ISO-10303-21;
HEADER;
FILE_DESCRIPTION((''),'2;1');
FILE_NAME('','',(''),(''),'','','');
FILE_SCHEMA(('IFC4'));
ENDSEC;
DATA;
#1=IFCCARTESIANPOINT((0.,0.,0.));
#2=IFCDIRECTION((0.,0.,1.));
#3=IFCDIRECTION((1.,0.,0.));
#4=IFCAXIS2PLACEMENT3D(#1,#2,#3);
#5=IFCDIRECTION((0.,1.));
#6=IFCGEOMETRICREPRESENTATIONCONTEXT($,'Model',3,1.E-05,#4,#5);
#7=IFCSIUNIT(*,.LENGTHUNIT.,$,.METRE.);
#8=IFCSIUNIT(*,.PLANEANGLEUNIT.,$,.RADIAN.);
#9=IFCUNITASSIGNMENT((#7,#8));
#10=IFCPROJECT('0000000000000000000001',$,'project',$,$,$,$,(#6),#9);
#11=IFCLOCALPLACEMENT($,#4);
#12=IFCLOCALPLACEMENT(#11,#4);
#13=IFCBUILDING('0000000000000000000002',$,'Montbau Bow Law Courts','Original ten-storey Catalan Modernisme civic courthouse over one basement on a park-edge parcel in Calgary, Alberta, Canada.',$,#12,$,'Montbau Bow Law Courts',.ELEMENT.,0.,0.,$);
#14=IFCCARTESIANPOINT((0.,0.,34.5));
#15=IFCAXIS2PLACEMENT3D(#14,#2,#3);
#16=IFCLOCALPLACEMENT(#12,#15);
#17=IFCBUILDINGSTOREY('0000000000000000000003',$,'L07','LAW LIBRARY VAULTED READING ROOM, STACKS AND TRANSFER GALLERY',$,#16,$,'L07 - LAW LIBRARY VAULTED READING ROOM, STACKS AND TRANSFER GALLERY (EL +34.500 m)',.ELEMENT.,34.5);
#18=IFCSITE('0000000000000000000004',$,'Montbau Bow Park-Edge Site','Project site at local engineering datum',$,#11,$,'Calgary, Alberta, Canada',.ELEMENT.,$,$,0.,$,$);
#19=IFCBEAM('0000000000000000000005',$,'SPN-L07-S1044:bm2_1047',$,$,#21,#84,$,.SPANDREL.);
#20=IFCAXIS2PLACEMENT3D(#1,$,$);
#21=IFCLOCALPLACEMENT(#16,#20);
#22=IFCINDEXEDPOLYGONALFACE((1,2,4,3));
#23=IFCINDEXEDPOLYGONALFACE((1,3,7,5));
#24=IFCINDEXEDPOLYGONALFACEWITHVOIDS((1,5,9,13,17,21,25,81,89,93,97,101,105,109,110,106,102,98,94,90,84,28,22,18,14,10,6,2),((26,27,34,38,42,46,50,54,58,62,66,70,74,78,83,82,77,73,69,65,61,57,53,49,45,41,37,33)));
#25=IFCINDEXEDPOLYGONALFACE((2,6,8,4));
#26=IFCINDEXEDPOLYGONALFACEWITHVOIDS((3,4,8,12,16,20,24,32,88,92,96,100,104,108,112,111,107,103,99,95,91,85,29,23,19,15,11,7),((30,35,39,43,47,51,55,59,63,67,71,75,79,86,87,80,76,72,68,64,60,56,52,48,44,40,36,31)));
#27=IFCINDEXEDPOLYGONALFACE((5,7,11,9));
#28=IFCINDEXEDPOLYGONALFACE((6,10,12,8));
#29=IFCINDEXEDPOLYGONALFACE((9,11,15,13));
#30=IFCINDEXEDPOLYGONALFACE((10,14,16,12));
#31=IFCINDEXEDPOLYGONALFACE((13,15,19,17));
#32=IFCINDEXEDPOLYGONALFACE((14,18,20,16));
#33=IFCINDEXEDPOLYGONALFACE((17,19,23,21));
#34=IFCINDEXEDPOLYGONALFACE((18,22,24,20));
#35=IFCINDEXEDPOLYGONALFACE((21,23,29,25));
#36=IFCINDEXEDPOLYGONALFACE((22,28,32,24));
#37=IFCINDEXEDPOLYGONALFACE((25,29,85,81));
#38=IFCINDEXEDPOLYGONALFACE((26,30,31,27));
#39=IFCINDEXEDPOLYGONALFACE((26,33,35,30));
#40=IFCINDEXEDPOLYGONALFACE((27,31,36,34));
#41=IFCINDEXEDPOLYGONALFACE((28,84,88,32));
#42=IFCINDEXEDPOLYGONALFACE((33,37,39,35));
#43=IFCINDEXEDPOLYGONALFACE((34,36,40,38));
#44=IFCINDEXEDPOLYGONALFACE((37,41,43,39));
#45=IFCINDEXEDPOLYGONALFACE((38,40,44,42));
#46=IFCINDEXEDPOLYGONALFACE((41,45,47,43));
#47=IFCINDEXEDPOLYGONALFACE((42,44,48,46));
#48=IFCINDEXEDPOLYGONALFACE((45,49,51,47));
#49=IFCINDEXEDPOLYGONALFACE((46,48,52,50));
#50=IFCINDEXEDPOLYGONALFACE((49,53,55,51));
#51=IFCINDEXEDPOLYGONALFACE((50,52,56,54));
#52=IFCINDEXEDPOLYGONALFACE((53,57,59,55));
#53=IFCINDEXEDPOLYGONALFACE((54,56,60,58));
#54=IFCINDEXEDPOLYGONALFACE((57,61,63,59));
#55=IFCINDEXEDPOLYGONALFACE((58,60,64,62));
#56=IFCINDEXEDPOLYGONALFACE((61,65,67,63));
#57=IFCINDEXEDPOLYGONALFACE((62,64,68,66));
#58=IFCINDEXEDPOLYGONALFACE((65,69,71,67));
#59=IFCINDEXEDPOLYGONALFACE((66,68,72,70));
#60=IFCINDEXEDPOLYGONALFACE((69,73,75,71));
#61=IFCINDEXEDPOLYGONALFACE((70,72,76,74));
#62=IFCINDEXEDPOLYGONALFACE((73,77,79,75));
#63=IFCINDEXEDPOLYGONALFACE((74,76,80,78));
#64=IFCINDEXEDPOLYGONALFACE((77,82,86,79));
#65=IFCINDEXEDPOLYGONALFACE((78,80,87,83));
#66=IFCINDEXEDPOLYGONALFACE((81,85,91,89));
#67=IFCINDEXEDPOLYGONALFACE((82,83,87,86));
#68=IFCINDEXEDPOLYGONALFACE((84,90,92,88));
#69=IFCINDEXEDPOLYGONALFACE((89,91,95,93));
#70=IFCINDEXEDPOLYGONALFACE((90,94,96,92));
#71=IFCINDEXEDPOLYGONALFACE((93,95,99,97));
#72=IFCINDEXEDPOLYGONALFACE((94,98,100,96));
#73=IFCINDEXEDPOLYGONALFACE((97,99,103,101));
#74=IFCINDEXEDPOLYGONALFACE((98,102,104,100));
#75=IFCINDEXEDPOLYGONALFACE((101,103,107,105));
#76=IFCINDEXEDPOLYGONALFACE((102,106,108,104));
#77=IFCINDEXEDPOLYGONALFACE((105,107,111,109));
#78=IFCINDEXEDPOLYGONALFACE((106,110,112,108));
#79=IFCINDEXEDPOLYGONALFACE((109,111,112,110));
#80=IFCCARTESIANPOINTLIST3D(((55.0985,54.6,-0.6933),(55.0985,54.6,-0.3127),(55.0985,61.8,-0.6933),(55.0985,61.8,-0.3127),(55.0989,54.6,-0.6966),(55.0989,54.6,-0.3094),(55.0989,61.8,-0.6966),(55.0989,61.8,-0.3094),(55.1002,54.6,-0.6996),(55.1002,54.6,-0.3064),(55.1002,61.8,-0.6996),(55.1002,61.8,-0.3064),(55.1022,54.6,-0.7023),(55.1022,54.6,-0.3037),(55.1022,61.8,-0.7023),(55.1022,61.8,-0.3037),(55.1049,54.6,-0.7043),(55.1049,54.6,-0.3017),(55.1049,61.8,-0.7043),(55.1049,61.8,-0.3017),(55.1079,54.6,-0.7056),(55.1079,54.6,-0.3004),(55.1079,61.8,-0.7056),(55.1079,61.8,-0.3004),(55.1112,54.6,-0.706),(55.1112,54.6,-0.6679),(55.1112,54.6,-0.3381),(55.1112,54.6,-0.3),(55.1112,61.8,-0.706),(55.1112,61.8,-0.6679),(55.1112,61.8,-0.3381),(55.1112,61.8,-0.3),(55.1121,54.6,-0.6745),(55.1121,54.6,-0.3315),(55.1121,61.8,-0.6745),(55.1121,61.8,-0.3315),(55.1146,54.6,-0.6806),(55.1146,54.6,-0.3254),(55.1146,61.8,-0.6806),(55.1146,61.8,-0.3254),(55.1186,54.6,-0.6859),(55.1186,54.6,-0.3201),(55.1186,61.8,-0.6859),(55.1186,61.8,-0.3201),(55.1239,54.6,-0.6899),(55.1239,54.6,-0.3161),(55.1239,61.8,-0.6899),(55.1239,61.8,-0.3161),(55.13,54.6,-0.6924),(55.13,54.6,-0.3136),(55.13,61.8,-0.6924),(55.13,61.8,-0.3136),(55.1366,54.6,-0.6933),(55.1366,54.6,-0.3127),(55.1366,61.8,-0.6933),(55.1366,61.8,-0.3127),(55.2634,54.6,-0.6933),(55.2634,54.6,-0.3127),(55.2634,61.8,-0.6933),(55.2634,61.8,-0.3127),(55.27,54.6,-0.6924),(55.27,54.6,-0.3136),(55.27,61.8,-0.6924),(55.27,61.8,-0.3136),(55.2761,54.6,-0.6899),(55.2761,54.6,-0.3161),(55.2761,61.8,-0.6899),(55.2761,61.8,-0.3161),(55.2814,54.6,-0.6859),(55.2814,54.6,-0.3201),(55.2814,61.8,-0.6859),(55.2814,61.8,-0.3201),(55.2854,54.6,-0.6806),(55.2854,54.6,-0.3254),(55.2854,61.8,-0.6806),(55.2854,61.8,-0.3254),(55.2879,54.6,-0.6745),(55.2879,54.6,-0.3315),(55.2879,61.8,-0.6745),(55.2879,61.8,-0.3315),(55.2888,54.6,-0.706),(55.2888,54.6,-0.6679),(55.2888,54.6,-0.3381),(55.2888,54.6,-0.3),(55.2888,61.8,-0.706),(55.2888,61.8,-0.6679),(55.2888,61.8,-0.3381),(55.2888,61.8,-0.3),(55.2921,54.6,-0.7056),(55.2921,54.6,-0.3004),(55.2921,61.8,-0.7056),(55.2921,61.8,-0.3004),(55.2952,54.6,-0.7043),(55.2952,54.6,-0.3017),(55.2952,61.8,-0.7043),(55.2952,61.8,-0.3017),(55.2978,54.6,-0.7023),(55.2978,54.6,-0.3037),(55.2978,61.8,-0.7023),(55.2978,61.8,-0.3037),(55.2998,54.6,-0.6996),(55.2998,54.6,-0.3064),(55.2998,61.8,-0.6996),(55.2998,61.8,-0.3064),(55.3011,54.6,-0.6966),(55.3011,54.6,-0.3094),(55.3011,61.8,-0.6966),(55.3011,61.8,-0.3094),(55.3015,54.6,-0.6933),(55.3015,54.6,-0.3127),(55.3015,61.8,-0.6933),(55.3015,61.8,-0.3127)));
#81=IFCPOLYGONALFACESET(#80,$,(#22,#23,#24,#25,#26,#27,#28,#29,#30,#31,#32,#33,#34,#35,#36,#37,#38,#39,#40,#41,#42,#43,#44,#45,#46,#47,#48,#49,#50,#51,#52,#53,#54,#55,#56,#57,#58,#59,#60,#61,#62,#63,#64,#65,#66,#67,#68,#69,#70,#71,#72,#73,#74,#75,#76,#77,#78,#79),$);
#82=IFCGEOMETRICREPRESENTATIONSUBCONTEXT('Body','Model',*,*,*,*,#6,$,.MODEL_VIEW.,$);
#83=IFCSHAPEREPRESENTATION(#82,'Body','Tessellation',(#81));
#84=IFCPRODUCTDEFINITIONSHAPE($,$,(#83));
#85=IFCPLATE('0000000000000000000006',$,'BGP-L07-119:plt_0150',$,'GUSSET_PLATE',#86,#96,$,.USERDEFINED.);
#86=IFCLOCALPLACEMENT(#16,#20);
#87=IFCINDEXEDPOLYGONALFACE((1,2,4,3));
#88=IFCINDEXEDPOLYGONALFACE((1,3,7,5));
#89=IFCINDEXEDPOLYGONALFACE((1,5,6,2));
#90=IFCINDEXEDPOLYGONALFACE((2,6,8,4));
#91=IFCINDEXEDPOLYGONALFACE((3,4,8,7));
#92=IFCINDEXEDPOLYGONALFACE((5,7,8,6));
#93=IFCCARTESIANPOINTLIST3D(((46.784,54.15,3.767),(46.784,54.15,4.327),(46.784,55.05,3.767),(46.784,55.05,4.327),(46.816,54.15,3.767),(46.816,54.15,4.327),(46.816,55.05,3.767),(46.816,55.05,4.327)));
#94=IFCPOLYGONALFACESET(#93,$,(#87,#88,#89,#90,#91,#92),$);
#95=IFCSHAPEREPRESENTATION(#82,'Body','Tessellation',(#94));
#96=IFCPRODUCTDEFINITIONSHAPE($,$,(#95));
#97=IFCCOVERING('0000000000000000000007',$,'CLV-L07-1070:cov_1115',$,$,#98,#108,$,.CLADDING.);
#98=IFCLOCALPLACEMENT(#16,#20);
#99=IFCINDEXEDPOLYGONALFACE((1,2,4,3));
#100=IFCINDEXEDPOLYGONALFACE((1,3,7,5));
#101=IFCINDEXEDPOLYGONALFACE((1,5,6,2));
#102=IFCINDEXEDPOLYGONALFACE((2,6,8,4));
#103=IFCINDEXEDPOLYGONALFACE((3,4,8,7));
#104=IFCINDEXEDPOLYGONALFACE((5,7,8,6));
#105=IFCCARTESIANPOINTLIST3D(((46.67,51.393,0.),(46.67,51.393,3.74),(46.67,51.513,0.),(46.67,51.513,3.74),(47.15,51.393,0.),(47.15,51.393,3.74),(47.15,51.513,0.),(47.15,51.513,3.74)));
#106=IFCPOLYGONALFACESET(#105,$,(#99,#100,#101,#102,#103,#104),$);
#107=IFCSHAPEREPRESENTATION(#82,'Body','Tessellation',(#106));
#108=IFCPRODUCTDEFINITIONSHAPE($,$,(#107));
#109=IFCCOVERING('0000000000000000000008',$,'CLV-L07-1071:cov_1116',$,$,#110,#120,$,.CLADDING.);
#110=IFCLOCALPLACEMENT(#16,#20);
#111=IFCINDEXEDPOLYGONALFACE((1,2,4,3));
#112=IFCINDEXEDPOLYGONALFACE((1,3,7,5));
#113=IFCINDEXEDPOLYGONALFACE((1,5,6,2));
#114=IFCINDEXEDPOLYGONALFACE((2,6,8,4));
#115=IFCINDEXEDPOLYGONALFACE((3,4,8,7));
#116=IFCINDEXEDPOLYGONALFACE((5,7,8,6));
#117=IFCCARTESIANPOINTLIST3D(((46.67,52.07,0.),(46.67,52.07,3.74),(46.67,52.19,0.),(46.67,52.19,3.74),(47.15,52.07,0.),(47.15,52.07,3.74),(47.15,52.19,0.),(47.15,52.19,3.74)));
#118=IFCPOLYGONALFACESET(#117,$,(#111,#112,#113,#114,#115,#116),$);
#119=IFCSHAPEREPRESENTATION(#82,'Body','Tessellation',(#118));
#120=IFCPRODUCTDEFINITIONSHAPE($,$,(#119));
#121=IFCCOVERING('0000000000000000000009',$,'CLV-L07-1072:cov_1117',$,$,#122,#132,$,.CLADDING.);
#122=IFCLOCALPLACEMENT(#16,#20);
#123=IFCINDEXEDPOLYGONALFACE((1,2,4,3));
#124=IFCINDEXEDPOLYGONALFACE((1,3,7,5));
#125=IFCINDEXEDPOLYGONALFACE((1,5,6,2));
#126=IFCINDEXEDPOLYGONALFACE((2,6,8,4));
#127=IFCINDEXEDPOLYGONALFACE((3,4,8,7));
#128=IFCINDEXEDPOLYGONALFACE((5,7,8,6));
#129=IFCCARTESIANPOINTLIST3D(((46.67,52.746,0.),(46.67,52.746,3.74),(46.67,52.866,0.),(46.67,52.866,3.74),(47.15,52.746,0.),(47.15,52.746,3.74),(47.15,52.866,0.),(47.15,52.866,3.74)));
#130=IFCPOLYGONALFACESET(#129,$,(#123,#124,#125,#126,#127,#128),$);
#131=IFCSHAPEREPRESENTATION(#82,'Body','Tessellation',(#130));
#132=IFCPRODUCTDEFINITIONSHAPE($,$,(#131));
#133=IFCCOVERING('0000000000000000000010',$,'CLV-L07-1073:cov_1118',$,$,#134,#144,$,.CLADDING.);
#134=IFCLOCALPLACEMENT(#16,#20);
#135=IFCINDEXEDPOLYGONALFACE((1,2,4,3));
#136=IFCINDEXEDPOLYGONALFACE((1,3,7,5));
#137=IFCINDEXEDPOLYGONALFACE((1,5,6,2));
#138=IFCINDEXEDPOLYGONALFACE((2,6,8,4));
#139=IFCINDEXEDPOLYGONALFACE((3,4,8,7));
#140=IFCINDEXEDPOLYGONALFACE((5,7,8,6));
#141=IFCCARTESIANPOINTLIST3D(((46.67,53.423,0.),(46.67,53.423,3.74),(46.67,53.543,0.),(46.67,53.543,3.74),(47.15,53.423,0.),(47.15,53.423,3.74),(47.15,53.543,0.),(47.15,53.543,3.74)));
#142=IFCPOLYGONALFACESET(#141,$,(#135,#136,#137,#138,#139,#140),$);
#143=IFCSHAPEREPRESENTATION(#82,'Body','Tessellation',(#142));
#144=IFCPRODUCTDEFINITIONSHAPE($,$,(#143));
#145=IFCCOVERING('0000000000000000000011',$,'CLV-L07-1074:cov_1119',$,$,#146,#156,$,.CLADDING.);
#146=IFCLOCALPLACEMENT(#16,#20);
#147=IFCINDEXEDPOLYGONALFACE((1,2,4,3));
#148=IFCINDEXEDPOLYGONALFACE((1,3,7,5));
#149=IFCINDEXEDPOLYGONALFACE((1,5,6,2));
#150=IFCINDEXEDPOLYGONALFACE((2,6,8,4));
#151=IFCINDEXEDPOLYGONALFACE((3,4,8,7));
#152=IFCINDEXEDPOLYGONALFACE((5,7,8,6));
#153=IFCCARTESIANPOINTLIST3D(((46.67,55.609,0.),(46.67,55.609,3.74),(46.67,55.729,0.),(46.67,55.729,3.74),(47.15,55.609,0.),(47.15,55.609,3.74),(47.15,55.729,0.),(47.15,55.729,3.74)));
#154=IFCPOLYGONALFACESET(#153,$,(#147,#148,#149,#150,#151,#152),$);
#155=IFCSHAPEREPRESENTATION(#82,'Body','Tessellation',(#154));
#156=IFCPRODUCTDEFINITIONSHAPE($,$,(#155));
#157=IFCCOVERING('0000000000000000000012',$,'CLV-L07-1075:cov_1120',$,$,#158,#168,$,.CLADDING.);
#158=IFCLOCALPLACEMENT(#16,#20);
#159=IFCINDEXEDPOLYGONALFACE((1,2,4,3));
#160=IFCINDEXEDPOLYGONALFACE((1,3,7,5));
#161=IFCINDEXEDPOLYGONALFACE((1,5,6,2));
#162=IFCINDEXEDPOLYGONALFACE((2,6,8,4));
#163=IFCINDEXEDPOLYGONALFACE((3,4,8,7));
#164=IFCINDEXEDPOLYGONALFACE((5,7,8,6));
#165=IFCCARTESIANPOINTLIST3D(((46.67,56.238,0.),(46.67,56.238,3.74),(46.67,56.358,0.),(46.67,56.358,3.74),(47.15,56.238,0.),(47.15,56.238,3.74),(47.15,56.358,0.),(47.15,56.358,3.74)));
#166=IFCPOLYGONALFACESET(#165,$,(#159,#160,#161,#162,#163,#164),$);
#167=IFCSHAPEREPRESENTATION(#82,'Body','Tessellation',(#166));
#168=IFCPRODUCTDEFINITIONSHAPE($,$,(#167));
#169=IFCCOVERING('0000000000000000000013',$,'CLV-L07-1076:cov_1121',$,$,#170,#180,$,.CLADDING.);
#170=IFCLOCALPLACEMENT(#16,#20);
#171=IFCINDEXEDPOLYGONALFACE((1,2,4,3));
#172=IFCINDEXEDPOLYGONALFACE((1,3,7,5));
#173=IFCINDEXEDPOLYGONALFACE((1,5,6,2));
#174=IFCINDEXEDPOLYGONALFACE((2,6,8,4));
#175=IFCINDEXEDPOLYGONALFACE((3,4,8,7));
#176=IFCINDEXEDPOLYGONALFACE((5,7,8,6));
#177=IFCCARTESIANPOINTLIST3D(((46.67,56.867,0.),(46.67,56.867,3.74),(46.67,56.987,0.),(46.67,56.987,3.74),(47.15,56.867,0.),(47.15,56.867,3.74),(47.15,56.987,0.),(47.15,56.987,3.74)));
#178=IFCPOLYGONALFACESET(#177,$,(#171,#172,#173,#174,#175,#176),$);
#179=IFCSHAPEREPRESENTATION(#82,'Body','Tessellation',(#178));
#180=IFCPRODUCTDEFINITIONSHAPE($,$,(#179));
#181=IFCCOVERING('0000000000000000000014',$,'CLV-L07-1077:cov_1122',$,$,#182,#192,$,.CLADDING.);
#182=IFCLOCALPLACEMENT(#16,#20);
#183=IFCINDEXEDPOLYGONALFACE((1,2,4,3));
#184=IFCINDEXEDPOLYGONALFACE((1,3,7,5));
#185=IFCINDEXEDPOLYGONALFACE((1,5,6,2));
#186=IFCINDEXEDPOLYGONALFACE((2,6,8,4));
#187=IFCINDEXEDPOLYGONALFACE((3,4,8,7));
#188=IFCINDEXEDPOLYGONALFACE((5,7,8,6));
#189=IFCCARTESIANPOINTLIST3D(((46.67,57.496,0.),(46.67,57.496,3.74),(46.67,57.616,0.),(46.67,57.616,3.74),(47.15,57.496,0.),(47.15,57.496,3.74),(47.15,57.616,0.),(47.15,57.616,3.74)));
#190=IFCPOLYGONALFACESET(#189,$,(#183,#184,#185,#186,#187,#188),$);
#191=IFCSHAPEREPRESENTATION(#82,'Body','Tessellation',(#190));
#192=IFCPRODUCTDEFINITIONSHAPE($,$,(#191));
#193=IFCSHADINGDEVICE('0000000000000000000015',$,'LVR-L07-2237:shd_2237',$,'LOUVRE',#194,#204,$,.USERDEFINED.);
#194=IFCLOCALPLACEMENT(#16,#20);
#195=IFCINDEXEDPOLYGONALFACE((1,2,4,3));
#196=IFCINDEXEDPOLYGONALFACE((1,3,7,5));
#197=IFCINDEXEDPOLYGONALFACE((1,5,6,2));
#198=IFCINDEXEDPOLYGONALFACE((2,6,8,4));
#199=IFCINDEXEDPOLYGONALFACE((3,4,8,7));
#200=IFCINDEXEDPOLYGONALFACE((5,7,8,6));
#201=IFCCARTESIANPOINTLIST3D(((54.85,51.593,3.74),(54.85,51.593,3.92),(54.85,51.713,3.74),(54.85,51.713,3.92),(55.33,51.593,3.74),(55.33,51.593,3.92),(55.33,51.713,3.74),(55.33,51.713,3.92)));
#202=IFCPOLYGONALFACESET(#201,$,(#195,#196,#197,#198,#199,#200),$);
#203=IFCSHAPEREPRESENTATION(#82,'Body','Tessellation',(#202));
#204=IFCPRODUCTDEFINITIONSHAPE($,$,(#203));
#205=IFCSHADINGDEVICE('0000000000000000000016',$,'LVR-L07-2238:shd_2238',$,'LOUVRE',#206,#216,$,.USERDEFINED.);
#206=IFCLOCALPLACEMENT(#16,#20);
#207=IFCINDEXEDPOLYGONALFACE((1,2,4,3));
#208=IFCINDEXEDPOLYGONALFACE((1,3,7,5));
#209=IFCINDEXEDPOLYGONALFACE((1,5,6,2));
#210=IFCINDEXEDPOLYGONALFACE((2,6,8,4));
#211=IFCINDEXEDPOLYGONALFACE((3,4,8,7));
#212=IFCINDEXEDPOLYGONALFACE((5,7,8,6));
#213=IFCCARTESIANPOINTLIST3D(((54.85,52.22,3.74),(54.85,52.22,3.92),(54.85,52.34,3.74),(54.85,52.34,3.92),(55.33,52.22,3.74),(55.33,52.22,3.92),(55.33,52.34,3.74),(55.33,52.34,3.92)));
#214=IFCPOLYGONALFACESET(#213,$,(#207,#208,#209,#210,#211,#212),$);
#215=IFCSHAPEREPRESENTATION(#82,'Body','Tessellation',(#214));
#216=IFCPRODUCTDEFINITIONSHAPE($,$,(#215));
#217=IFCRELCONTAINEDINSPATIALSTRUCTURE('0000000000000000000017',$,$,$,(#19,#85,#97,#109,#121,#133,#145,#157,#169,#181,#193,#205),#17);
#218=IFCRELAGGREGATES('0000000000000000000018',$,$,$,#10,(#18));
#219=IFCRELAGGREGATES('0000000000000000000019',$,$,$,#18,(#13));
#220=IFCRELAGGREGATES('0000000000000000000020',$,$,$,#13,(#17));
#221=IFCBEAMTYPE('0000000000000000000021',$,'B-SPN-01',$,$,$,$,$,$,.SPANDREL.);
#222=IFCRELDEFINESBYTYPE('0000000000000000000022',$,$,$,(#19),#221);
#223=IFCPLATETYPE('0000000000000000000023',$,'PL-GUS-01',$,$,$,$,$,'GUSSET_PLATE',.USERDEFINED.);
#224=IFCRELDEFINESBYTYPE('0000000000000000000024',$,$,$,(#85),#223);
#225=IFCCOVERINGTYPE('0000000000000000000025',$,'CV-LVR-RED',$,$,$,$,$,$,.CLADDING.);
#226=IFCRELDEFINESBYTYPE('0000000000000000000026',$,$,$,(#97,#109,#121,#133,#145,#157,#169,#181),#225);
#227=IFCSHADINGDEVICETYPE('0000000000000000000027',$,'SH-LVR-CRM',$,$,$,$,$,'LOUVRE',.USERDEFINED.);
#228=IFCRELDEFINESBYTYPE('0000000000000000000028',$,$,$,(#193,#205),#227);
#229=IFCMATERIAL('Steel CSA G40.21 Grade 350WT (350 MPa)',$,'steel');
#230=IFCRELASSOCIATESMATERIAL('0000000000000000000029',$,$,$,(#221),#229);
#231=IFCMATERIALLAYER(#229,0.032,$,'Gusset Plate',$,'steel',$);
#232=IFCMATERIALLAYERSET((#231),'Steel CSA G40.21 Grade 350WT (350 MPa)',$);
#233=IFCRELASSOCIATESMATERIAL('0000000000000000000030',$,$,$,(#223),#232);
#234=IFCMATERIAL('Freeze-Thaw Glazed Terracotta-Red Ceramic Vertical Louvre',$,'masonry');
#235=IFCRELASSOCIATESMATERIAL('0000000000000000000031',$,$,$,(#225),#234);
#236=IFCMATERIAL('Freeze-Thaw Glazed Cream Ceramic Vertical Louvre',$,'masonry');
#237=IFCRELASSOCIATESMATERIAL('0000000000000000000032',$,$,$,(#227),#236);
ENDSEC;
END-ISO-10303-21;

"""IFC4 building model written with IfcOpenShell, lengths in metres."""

from ifc_helpers import new_model, si_unit, direction, frame, frame_2d, origin_with_axes, origin_2d_with_axis, place, context, subcontext, project, spatial, rectangle, hollow_rectangle, extrude, material, layer, layer_set, material_profile, profile_set, type_object, element, save


model = new_model("IFC4")

# Units and contexts
model_context = context("Model", 3, precision=1e-05, world=origin_with_axes(), true_north=direction((0.0, 1.0)))
body_context = subcontext(model_context, "Body", "Model", "MODEL_VIEW")
ifc_project = project(units=[si_unit("LENGTHUNIT", "METRE"), si_unit("PLANEANGLEUNIT", "RADIAN")], contexts=[model_context])

# Site, building, storey
site_placement = place(None, origin_with_axes())
site = spatial("IfcSite", under=ifc_project, at=site_placement, Name="Montbau Bow Park-Edge Site", Description="Project site at local engineering datum", LongName="Calgary, Alberta, Canada", CompositionType="ELEMENT", RefElevation=0.0)
building_placement = place(site_placement, origin_with_axes())
building = spatial("IfcBuilding", under=site, at=building_placement, Name="Montbau Bow Law Courts", Description="Original ten-storey Catalan Modernisme civic courthouse over one basement on a park-edge parcel in Calgary, Alberta, Canada.", LongName="Montbau Bow Law Courts", CompositionType="ELEMENT", ElevationOfRefHeight=0.0, ElevationOfTerrain=0.0)
storey_placement = place(building_placement, frame((0.0, 0.0, 34.5), z_axis=(0.0, 0.0, 1.0), x_axis=(1.0, 0.0, 0.0)))
storey = spatial("IfcBuildingStorey", under=building, at=storey_placement, Name="L07", Description="LAW LIBRARY VAULTED READING ROOM, STACKS AND TRANSFER GALLERY", LongName="L07 - LAW LIBRARY VAULTED READING ROOM, STACKS AND TRANSFER GALLERY (EL +34.500 m)", CompositionType="ELEMENT", Elevation=34.5)

# Beam
ifc_material_1 = material(Name="Steel CSA G40.21 Grade 350WT (350 MPa)", Category="steel")
ifc_material_profile_1 = material_profile(ifc_material_1, hollow_rectangle(XDim=0.203, YDim=0.406, WallThickness=0.0127, InnerFilletRadius=0.0254, OuterFilletRadius=0.0127, at=origin_2d_with_axis()), Name="HSS406X203X13", Category="Main", Priority=0)
ifc_profile_set_1 = profile_set([ifc_material_profile_1], Name="Steel CSA G40.21 Grade 350WT (350 MPa)")
beam_type_1 = type_object("IfcBeamType", Name="B-SPN-01", PredefinedType="SPANDREL", material=ifc_profile_set_1)
beam_1_placement = place(None, frame((55.2, 54.6, 33.997), z_axis=(0.0, 1.0, 0.0), x_axis=(-1.0, 0.0, 0.0)))
element("IfcBeam", 1, at=beam_1_placement, inside=storey, type_object=beam_type_1, Name="SPN-L07-S1044:bm2_1047", PredefinedType="SPANDREL", context=body_context, shape_type="SweptSolid", body=[
    extrude(hollow_rectangle(XDim=0.203, YDim=0.406, WallThickness=0.0127, InnerFilletRadius=0.0254, OuterFilletRadius=0.0127, at=origin_2d_with_axis()), origin_with_axes(), (0.0, 0.0, 1.0), 7.2),
])

# Plate
ifc_layer = layer(ifc_material_1, 0.032, Name="Gusset Plate", Category="steel")
ifc_layer_set = layer_set([ifc_layer], Name="Steel CSA G40.21 Grade 350WT (350 MPa)")
plate_type = type_object("IfcPlateType", Name="PL-GUS-01", ElementType="GUSSET_PLATE", PredefinedType="USERDEFINED", material=ifc_layer_set)
plate_placement = place(None, frame((46.8, 54.6, 38.267), z_axis=(0.0, 0.0, 1.0), x_axis=(0.0, 1.0, 0.0)))
element("IfcPlate", 2, at=plate_placement, inside=storey, type_object=plate_type, Name="BGP-L07-119:plt_0150", ObjectType="GUSSET_PLATE", PredefinedType="USERDEFINED", context=body_context, shape_type="SweptSolid", body=[
    extrude(rectangle(XDim=0.9, YDim=0.032, at=origin_2d_with_axis()), origin_with_axes(), (0.0, 0.0, 1.0), 0.56),
])

# Coverings
ifc_material_2 = material(Name="Freeze-Thaw Glazed Terracotta-Red Ceramic Vertical Louvre", Category="masonry")
covering_type = type_object("IfcCoveringType", Name="CV-LVR-RED", PredefinedType="CLADDING", material=ifc_material_2)
for number, where, z_axis, x_axis, name in (
    (3, (46.67, 51.453, 34.5), (0.0, -1.0, 0.0), (1.0, 0.0, 0.0), "CLV-L07-1070:cov_1115"),
    (4, (46.67, 52.13, 34.5), (0.0, -1.0, 0.0), (1.0, 0.0, 0.0), "CLV-L07-1071:cov_1116"),
    (5, (46.67, 52.806, 34.5), (0.0, -1.0, 0.0), (1.0, 0.0, 0.0), "CLV-L07-1072:cov_1117"),
    (6, (46.67, 53.483, 34.5), (0.0, -1.0, 0.0), (1.0, 0.0, 0.0), "CLV-L07-1073:cov_1118"),
    (7, (46.67, 55.669, 34.5), (0.0, -1.0, 0.0), (1.0, 0.0, 0.0), "CLV-L07-1074:cov_1119"),
    (8, (46.67, 56.298, 34.5), (0.0, -1.0, 0.0), (1.0, 0.0, 0.0), "CLV-L07-1075:cov_1120"),
    (9, (46.67, 56.927, 34.5), (0.0, -1.0, 0.0), (1.0, 0.0, 0.0), "CLV-L07-1076:cov_1121"),
    (10, (46.67, 57.556, 34.5), (0.0, -1.0, 0.0), (1.0, 0.0, 0.0), "CLV-L07-1077:cov_1122"),
):
    element("IfcCovering", number, at=place(None, frame(where, z_axis=z_axis, x_axis=x_axis)), inside=storey, type_object=covering_type, Name=name, PredefinedType="CLADDING", context=body_context, shape_type="SweptSolid", body=[
        extrude(rectangle(XDim=0.48, YDim=3.74, at=frame_2d((0.24, 1.87), x_axis=(1.0, 0.0))), frame((0.0, 0.0, -0.06), z_axis=(0.0, 0.0, 1.0), x_axis=(1.0, 0.0, 0.0)), (0.0, 0.0, 1.0), 0.12),
    ])

# Shading devices
ifc_material_3 = material(Name="Freeze-Thaw Glazed Cream Ceramic Vertical Louvre", Category="masonry")
shading_device_type_1 = type_object("IfcShadingDeviceType", Name="SH-LVR-CRM", ElementType="LOUVRE", PredefinedType="USERDEFINED", material=ifc_material_3)
for number, where, z_axis, x_axis, name in (
    (11, (55.09, 51.653, 38.24), (0.0, 0.0, 1.0), (-1.0, 0.0, 0.0), "LVR-L07-2237:shd_2237"),
    (12, (55.09, 52.28, 38.24), (0.0, 0.0, 1.0), (-1.0, 0.0, 0.0), "LVR-L07-2238:shd_2238"),
):
    element("IfcShadingDevice", number, at=place(None, frame(where, z_axis=z_axis, x_axis=x_axis)), inside=storey, type_object=shading_device_type_1, Name=name, ObjectType="LOUVRE", PredefinedType="USERDEFINED", context=body_context, shape_type="SweptSolid", body=[
        extrude(rectangle(XDim=0.48, YDim=0.12, at=origin_2d_with_axis()), origin_with_axes(), (0.0, 0.0, 1.0), 0.18),
    ])

save(model, "model.ifc")
